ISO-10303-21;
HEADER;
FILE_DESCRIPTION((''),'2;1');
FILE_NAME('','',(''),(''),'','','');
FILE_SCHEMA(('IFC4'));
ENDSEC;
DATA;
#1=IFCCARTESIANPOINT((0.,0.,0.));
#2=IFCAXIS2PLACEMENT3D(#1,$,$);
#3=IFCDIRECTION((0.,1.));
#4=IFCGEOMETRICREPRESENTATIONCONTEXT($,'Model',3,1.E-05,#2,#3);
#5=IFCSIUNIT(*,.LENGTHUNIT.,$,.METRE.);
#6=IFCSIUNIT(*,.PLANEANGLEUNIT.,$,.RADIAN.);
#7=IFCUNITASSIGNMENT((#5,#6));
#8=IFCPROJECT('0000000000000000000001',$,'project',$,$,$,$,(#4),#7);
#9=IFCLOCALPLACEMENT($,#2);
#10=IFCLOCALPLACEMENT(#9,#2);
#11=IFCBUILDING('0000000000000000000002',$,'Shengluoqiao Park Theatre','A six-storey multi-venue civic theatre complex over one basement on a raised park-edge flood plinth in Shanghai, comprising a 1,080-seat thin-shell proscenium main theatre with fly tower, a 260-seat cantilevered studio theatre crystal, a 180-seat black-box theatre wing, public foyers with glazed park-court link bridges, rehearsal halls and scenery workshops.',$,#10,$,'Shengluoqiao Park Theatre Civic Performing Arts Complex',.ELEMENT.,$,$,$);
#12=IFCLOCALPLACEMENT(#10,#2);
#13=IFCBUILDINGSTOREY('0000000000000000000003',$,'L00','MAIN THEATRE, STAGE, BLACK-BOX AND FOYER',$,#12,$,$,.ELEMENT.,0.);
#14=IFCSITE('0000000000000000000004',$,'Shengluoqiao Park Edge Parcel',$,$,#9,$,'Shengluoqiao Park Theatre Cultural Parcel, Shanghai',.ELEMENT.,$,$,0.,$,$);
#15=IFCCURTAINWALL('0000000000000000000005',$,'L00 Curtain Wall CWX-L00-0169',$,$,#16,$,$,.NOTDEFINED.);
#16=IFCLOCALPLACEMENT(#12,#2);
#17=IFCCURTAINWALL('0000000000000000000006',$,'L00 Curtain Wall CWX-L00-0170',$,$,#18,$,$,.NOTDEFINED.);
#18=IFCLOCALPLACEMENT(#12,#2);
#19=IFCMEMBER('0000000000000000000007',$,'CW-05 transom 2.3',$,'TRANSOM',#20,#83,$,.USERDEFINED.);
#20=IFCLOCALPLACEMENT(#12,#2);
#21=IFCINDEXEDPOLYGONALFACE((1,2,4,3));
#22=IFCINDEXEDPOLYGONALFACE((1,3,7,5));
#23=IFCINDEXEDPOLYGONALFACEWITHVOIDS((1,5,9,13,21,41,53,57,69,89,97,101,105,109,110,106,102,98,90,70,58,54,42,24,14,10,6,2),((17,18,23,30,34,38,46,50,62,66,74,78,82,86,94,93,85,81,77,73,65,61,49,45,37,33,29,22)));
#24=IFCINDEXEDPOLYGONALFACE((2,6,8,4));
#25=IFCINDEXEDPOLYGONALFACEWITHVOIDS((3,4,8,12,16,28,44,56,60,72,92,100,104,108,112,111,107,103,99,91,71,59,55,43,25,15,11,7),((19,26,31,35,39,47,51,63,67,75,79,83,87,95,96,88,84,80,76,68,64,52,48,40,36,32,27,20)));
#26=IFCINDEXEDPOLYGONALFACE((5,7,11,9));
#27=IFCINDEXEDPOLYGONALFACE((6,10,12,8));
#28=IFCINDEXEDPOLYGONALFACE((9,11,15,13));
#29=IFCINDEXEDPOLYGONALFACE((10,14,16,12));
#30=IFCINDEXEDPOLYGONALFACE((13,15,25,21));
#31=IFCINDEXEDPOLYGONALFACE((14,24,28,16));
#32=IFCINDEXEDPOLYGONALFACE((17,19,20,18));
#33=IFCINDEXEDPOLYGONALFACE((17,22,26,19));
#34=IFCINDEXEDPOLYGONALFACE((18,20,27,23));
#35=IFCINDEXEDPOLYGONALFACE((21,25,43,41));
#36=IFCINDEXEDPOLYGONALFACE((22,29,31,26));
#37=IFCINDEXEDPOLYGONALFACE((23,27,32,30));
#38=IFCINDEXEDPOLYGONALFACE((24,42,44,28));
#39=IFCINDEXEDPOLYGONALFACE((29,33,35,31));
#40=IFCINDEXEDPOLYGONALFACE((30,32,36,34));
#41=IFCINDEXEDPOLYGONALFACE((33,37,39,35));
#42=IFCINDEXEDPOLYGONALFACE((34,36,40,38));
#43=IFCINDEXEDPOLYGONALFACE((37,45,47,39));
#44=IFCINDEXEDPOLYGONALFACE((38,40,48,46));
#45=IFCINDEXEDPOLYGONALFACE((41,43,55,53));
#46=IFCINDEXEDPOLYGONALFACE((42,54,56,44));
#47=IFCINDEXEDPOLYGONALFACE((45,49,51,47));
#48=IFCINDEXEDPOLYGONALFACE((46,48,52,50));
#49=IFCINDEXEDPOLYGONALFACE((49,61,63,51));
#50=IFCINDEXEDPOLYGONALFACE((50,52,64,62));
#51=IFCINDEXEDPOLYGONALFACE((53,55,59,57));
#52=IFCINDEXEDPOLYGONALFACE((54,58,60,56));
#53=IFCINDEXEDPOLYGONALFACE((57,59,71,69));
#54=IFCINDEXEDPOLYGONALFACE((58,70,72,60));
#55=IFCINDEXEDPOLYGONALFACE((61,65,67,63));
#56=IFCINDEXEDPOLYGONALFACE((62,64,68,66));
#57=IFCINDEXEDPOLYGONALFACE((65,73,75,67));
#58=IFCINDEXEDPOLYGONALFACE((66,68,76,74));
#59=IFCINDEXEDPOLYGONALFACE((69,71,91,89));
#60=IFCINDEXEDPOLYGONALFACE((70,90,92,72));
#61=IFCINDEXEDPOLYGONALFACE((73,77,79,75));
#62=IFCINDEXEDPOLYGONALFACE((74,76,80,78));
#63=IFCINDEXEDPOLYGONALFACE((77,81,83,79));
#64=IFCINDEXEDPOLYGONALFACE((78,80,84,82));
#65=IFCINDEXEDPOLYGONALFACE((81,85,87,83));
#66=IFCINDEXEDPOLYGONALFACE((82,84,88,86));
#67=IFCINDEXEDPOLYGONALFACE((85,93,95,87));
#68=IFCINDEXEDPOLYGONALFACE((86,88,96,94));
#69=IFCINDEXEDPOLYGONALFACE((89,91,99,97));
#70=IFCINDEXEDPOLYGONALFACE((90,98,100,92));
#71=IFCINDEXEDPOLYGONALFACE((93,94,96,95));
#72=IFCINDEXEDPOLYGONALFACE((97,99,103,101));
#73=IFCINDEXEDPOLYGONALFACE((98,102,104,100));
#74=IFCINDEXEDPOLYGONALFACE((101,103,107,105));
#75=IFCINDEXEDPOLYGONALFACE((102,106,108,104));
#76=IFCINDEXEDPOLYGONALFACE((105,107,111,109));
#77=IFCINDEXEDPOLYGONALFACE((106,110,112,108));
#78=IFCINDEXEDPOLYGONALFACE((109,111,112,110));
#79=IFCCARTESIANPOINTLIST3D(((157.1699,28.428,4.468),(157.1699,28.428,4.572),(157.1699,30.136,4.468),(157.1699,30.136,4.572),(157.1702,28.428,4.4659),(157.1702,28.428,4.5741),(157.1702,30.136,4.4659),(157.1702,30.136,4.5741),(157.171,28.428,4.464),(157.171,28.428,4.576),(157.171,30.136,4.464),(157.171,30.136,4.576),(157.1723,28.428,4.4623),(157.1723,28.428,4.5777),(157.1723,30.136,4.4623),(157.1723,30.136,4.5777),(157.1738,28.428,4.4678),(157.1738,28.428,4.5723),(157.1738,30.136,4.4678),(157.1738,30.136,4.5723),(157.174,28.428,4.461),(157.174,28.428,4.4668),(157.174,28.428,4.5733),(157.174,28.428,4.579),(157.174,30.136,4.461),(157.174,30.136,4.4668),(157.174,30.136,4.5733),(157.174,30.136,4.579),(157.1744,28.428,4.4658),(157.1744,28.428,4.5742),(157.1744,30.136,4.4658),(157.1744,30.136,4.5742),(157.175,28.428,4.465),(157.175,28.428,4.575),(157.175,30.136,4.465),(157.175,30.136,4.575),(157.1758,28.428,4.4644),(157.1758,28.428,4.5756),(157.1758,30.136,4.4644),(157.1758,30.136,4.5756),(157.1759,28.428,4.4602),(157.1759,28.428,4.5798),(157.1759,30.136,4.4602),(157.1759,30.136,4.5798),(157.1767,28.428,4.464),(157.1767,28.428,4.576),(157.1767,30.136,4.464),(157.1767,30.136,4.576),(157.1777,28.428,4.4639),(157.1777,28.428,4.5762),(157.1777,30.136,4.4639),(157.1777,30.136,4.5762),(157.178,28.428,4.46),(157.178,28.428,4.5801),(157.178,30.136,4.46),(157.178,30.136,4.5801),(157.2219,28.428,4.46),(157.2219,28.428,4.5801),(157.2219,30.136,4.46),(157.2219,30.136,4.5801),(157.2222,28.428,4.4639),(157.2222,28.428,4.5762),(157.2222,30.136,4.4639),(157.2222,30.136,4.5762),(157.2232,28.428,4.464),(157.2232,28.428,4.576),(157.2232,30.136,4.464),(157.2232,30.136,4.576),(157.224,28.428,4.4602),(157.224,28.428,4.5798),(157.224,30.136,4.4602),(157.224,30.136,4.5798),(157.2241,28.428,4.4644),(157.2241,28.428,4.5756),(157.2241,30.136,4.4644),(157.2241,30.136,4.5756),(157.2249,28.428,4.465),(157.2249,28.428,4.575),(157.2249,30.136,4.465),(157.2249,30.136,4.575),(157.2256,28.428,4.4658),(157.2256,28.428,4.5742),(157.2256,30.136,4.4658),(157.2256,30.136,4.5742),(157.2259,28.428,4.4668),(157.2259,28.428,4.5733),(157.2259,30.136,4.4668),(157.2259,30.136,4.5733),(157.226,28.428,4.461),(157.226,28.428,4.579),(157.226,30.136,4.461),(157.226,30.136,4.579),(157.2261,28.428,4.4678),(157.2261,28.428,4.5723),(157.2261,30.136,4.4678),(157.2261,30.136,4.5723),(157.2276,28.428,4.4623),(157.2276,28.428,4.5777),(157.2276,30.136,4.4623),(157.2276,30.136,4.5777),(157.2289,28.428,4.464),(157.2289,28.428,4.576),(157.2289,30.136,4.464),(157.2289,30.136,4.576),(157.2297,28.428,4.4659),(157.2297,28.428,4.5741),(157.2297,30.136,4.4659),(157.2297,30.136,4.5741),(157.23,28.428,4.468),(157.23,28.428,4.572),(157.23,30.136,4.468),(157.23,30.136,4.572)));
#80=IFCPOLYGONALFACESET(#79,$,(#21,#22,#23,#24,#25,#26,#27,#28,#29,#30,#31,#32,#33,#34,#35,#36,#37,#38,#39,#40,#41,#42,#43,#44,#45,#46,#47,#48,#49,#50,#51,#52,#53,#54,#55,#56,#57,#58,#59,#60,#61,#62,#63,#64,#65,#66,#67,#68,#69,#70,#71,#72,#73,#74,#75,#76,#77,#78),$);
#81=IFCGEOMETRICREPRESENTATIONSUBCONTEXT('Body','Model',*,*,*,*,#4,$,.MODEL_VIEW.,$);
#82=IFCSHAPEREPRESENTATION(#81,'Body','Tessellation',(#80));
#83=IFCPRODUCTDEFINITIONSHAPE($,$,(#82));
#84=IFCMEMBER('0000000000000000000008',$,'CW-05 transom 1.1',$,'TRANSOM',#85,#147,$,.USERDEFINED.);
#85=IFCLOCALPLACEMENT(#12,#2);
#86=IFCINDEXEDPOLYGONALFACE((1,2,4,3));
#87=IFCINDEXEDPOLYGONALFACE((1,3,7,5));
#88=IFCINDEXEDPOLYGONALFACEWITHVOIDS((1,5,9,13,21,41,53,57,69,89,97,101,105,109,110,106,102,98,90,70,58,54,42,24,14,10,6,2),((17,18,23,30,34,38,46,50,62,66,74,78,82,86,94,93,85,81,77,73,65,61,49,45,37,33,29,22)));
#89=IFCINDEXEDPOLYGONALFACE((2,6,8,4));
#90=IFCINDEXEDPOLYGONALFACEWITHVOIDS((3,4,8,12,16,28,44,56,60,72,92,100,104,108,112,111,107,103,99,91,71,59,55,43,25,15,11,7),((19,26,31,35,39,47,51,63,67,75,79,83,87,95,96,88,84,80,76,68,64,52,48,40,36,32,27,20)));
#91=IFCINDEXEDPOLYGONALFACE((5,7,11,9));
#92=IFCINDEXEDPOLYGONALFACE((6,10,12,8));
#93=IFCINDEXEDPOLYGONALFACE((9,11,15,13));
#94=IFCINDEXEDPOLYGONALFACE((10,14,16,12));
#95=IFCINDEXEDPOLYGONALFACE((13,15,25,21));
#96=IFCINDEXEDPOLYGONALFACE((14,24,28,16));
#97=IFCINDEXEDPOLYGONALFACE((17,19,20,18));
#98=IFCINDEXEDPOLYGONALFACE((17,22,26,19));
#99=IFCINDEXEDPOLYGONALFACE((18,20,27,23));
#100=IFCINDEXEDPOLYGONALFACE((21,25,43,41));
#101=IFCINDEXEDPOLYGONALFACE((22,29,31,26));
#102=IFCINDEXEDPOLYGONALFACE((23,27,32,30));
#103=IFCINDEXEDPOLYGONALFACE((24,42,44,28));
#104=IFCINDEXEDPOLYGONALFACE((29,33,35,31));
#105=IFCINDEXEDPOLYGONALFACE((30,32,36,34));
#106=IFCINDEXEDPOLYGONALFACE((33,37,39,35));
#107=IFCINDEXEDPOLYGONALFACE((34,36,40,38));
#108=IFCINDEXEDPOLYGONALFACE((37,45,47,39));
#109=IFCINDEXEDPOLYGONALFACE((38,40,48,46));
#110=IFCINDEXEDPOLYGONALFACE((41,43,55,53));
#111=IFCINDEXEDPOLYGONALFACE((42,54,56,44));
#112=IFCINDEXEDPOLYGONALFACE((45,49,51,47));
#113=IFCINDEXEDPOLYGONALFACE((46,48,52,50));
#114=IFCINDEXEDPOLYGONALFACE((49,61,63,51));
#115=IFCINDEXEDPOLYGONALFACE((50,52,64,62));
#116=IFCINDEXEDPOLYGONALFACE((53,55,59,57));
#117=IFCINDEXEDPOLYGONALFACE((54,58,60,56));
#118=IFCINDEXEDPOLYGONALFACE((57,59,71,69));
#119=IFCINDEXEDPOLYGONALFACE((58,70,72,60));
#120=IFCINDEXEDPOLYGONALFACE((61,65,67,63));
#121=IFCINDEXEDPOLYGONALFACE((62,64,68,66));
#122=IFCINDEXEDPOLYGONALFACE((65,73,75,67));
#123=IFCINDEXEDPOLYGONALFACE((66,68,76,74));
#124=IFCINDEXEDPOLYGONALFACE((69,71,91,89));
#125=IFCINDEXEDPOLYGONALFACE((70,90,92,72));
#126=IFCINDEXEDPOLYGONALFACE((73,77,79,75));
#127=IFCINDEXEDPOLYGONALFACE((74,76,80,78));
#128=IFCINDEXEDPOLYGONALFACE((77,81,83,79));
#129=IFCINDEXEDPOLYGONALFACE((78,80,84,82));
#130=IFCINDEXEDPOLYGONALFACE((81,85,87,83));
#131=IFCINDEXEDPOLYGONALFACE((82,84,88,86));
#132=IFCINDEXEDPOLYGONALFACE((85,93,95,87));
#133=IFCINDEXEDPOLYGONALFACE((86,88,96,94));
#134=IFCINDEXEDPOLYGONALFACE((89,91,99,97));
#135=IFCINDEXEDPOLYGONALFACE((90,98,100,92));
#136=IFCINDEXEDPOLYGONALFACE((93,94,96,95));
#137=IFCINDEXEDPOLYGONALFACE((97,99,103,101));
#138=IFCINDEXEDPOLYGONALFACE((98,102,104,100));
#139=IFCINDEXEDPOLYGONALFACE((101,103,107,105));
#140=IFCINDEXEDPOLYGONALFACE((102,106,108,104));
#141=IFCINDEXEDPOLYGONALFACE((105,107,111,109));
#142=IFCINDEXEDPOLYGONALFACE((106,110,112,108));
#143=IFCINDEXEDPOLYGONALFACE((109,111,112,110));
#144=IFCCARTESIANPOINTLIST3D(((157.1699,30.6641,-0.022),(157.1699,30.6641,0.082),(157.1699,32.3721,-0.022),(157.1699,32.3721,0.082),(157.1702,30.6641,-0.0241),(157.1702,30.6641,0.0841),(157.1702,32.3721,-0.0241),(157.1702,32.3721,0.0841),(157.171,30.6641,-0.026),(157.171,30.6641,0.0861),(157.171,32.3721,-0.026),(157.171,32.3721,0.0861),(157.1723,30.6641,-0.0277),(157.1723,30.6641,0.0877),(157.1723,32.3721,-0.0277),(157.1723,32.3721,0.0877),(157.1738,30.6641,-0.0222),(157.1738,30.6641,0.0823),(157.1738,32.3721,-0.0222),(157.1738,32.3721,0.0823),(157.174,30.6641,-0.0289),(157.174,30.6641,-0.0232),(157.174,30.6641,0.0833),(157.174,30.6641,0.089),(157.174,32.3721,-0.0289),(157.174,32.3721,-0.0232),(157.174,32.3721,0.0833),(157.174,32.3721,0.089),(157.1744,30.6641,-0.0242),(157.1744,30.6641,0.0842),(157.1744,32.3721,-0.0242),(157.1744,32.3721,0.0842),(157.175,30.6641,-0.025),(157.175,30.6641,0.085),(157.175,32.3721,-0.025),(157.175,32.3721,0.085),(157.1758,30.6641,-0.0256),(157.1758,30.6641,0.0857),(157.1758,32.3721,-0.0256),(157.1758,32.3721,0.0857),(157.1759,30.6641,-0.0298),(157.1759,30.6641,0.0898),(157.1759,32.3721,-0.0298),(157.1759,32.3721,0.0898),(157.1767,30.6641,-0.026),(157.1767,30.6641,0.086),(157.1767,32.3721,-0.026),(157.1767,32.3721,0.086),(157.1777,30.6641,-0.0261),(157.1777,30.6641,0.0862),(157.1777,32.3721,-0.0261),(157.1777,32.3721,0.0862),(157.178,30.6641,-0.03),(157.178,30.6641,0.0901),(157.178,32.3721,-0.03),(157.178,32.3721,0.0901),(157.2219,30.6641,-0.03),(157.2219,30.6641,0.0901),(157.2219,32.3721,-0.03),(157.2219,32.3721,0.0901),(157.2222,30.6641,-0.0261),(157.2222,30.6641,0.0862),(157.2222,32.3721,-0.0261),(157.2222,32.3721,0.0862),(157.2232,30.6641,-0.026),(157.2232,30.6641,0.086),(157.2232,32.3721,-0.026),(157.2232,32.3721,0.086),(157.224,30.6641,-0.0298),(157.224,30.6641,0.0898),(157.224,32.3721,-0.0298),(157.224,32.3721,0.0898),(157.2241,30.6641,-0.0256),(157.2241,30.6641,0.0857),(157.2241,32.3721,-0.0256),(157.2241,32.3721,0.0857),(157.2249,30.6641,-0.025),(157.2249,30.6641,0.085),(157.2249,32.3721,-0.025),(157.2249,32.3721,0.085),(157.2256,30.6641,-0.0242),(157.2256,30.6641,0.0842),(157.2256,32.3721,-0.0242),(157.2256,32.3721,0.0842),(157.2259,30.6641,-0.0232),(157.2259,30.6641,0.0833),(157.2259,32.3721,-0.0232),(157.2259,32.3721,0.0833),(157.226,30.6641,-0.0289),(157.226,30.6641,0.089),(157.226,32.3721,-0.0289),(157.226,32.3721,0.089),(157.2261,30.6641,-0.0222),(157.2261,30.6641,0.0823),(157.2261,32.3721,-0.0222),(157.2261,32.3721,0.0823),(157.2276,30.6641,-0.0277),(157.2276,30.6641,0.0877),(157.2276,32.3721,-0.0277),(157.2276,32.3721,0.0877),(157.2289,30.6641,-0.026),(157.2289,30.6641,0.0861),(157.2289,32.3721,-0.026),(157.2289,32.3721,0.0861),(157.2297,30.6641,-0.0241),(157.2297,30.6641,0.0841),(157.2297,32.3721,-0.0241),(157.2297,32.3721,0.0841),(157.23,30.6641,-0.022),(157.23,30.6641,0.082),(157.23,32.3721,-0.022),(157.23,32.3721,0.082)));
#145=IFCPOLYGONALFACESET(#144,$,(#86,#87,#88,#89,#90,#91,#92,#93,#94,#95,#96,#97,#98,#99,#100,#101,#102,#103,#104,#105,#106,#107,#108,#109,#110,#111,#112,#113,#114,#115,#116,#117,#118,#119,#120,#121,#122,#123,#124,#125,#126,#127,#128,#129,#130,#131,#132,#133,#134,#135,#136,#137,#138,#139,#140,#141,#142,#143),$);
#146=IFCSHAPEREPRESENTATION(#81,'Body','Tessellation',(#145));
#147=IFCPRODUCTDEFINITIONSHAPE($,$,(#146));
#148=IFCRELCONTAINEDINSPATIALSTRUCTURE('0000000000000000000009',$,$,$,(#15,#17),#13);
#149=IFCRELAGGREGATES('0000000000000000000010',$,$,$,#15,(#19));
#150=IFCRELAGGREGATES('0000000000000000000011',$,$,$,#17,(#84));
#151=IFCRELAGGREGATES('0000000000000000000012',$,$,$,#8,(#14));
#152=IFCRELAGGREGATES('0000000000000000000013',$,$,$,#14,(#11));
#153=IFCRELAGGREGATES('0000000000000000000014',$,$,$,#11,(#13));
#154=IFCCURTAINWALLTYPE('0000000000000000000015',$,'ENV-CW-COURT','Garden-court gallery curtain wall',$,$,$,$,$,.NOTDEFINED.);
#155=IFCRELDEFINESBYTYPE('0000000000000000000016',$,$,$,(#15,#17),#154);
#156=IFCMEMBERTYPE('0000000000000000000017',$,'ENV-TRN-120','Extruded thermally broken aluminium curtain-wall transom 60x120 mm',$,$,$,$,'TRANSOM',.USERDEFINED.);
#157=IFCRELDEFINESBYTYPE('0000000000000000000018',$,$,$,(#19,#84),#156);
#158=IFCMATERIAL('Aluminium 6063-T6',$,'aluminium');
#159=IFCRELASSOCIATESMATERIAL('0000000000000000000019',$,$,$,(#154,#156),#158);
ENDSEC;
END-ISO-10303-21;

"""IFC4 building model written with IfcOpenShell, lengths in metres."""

from ifc_helpers import new_model, si_unit, direction, frame, origin, origin_2d, place, context, subcontext, project, spatial, hollow_rectangle, extrude, material, material_profile, profile_set, type_object, element, aggregate, save


model = new_model("IFC4")

# Units and contexts
model_context = context("Model", 3, precision=1e-05, world=origin(), true_north=direction((0.0, 1.0)))
body_context = subcontext(model_context, "Body", "Model", "MODEL_VIEW")
ifc_project = project(units=[si_unit("LENGTHUNIT", "METRE"), si_unit("PLANEANGLEUNIT", "RADIAN")], contexts=[model_context])

# Site, building, storey
site_placement = place(None, origin())
site = spatial("IfcSite", under=ifc_project, at=site_placement, Name="Shengluoqiao Park Edge Parcel", LongName="Shengluoqiao Park Theatre Cultural Parcel, Shanghai", CompositionType="ELEMENT", RefElevation=0.0)
building_placement = place(site_placement, origin())
building = spatial("IfcBuilding", under=site, at=building_placement, Name="Shengluoqiao Park Theatre", Description="A six-storey multi-venue civic theatre complex over one basement on a raised park-edge flood plinth in Shanghai, comprising a 1,080-seat thin-shell proscenium main theatre with fly tower, a 260-seat cantilevered studio theatre crystal, a 180-seat black-box theatre wing, public foyers with glazed park-court link bridges, rehearsal halls and scenery workshops.", LongName="Shengluoqiao Park Theatre Civic Performing Arts Complex", CompositionType="ELEMENT")
storey_placement = place(building_placement, origin())
storey = spatial("IfcBuildingStorey", under=building, at=storey_placement, Name="L00", Description="MAIN THEATRE, STAGE, BLACK-BOX AND FOYER", CompositionType="ELEMENT", Elevation=0.0)

# Shared definitions
ifc_material_1 = material(Name="Aluminium 6063-T6", Category="aluminium")
curtain_wall_type = type_object("IfcCurtainWallType", Name="ENV-CW-COURT", Description="Garden-court gallery curtain wall", PredefinedType="NOTDEFINED", material=ifc_material_1)

# Curtain walls
curtain_wall_1_placement = place(storey_placement, origin())
curtain_wall_1 = element("IfcCurtainWall", 1, at=curtain_wall_1_placement, inside=storey, type_object=curtain_wall_type, Name="L00 Curtain Wall CWX-L00-0169", PredefinedType="NOTDEFINED")
curtain_wall_2_placement = place(storey_placement, origin())
curtain_wall_2 = element("IfcCurtainWall", 2, at=curtain_wall_2_placement, inside=storey, type_object=curtain_wall_type, Name="L00 Curtain Wall CWX-L00-0170", PredefinedType="NOTDEFINED")

# Members
ifc_material_profile_1 = material_profile(ifc_material_1, hollow_rectangle(XDim=0.0601, YDim=0.1201, WallThickness=0.0039, InnerFilletRadius=0.0039, OuterFilletRadius=0.0081, at=origin_2d()), Name="ALU TRANSOM 120x60x4")
ifc_profile_set_1 = profile_set([ifc_material_profile_1], Name="Aluminium 6063-T6")
member_type_1 = type_object("IfcMemberType", Name="ENV-TRN-120", Description="Extruded thermally broken aluminium curtain-wall transom 60x120 mm", ElementType="TRANSOM", PredefinedType="USERDEFINED", material=ifc_profile_set_1)
member_1_placement = place(storey_placement, frame((157.2, 28.428, 4.52), z_axis=(0.0, 1.0, 0.0), x_axis=(-1.0, 0.0, 0.0)))
member_1 = element("IfcMember", 3, at=member_1_placement, type_object=member_type_1, Name="CW-05 transom 2.3", ObjectType="TRANSOM", PredefinedType="USERDEFINED", context=body_context, shape_type="SweptSolid", body=[
    extrude(hollow_rectangle(XDim=0.0601, YDim=0.1201, WallThickness=0.0039, InnerFilletRadius=0.0039, OuterFilletRadius=0.0081, at=origin_2d()), origin(), (0.0, 0.0, 1.0), 1.708),
])
member_2_placement = place(storey_placement, frame((157.2, 30.6641, 0.03), z_axis=(0.0, 1.0, 0.0), x_axis=(-1.0, 0.0, 0.0)))
member_2 = element("IfcMember", 4, at=member_2_placement, type_object=member_type_1, Name="CW-05 transom 1.1", ObjectType="TRANSOM", PredefinedType="USERDEFINED", context=body_context, shape_type="SweptSolid", body=[
    extrude(hollow_rectangle(XDim=0.0601, YDim=0.1201, WallThickness=0.0039, InnerFilletRadius=0.0039, OuterFilletRadius=0.0081, at=origin_2d()), origin(), (0.0, 0.0, 1.0), 1.708),
])

aggregate(curtain_wall_1, [member_1])
aggregate(curtain_wall_2, [member_2])

save(model, "model.ifc")
